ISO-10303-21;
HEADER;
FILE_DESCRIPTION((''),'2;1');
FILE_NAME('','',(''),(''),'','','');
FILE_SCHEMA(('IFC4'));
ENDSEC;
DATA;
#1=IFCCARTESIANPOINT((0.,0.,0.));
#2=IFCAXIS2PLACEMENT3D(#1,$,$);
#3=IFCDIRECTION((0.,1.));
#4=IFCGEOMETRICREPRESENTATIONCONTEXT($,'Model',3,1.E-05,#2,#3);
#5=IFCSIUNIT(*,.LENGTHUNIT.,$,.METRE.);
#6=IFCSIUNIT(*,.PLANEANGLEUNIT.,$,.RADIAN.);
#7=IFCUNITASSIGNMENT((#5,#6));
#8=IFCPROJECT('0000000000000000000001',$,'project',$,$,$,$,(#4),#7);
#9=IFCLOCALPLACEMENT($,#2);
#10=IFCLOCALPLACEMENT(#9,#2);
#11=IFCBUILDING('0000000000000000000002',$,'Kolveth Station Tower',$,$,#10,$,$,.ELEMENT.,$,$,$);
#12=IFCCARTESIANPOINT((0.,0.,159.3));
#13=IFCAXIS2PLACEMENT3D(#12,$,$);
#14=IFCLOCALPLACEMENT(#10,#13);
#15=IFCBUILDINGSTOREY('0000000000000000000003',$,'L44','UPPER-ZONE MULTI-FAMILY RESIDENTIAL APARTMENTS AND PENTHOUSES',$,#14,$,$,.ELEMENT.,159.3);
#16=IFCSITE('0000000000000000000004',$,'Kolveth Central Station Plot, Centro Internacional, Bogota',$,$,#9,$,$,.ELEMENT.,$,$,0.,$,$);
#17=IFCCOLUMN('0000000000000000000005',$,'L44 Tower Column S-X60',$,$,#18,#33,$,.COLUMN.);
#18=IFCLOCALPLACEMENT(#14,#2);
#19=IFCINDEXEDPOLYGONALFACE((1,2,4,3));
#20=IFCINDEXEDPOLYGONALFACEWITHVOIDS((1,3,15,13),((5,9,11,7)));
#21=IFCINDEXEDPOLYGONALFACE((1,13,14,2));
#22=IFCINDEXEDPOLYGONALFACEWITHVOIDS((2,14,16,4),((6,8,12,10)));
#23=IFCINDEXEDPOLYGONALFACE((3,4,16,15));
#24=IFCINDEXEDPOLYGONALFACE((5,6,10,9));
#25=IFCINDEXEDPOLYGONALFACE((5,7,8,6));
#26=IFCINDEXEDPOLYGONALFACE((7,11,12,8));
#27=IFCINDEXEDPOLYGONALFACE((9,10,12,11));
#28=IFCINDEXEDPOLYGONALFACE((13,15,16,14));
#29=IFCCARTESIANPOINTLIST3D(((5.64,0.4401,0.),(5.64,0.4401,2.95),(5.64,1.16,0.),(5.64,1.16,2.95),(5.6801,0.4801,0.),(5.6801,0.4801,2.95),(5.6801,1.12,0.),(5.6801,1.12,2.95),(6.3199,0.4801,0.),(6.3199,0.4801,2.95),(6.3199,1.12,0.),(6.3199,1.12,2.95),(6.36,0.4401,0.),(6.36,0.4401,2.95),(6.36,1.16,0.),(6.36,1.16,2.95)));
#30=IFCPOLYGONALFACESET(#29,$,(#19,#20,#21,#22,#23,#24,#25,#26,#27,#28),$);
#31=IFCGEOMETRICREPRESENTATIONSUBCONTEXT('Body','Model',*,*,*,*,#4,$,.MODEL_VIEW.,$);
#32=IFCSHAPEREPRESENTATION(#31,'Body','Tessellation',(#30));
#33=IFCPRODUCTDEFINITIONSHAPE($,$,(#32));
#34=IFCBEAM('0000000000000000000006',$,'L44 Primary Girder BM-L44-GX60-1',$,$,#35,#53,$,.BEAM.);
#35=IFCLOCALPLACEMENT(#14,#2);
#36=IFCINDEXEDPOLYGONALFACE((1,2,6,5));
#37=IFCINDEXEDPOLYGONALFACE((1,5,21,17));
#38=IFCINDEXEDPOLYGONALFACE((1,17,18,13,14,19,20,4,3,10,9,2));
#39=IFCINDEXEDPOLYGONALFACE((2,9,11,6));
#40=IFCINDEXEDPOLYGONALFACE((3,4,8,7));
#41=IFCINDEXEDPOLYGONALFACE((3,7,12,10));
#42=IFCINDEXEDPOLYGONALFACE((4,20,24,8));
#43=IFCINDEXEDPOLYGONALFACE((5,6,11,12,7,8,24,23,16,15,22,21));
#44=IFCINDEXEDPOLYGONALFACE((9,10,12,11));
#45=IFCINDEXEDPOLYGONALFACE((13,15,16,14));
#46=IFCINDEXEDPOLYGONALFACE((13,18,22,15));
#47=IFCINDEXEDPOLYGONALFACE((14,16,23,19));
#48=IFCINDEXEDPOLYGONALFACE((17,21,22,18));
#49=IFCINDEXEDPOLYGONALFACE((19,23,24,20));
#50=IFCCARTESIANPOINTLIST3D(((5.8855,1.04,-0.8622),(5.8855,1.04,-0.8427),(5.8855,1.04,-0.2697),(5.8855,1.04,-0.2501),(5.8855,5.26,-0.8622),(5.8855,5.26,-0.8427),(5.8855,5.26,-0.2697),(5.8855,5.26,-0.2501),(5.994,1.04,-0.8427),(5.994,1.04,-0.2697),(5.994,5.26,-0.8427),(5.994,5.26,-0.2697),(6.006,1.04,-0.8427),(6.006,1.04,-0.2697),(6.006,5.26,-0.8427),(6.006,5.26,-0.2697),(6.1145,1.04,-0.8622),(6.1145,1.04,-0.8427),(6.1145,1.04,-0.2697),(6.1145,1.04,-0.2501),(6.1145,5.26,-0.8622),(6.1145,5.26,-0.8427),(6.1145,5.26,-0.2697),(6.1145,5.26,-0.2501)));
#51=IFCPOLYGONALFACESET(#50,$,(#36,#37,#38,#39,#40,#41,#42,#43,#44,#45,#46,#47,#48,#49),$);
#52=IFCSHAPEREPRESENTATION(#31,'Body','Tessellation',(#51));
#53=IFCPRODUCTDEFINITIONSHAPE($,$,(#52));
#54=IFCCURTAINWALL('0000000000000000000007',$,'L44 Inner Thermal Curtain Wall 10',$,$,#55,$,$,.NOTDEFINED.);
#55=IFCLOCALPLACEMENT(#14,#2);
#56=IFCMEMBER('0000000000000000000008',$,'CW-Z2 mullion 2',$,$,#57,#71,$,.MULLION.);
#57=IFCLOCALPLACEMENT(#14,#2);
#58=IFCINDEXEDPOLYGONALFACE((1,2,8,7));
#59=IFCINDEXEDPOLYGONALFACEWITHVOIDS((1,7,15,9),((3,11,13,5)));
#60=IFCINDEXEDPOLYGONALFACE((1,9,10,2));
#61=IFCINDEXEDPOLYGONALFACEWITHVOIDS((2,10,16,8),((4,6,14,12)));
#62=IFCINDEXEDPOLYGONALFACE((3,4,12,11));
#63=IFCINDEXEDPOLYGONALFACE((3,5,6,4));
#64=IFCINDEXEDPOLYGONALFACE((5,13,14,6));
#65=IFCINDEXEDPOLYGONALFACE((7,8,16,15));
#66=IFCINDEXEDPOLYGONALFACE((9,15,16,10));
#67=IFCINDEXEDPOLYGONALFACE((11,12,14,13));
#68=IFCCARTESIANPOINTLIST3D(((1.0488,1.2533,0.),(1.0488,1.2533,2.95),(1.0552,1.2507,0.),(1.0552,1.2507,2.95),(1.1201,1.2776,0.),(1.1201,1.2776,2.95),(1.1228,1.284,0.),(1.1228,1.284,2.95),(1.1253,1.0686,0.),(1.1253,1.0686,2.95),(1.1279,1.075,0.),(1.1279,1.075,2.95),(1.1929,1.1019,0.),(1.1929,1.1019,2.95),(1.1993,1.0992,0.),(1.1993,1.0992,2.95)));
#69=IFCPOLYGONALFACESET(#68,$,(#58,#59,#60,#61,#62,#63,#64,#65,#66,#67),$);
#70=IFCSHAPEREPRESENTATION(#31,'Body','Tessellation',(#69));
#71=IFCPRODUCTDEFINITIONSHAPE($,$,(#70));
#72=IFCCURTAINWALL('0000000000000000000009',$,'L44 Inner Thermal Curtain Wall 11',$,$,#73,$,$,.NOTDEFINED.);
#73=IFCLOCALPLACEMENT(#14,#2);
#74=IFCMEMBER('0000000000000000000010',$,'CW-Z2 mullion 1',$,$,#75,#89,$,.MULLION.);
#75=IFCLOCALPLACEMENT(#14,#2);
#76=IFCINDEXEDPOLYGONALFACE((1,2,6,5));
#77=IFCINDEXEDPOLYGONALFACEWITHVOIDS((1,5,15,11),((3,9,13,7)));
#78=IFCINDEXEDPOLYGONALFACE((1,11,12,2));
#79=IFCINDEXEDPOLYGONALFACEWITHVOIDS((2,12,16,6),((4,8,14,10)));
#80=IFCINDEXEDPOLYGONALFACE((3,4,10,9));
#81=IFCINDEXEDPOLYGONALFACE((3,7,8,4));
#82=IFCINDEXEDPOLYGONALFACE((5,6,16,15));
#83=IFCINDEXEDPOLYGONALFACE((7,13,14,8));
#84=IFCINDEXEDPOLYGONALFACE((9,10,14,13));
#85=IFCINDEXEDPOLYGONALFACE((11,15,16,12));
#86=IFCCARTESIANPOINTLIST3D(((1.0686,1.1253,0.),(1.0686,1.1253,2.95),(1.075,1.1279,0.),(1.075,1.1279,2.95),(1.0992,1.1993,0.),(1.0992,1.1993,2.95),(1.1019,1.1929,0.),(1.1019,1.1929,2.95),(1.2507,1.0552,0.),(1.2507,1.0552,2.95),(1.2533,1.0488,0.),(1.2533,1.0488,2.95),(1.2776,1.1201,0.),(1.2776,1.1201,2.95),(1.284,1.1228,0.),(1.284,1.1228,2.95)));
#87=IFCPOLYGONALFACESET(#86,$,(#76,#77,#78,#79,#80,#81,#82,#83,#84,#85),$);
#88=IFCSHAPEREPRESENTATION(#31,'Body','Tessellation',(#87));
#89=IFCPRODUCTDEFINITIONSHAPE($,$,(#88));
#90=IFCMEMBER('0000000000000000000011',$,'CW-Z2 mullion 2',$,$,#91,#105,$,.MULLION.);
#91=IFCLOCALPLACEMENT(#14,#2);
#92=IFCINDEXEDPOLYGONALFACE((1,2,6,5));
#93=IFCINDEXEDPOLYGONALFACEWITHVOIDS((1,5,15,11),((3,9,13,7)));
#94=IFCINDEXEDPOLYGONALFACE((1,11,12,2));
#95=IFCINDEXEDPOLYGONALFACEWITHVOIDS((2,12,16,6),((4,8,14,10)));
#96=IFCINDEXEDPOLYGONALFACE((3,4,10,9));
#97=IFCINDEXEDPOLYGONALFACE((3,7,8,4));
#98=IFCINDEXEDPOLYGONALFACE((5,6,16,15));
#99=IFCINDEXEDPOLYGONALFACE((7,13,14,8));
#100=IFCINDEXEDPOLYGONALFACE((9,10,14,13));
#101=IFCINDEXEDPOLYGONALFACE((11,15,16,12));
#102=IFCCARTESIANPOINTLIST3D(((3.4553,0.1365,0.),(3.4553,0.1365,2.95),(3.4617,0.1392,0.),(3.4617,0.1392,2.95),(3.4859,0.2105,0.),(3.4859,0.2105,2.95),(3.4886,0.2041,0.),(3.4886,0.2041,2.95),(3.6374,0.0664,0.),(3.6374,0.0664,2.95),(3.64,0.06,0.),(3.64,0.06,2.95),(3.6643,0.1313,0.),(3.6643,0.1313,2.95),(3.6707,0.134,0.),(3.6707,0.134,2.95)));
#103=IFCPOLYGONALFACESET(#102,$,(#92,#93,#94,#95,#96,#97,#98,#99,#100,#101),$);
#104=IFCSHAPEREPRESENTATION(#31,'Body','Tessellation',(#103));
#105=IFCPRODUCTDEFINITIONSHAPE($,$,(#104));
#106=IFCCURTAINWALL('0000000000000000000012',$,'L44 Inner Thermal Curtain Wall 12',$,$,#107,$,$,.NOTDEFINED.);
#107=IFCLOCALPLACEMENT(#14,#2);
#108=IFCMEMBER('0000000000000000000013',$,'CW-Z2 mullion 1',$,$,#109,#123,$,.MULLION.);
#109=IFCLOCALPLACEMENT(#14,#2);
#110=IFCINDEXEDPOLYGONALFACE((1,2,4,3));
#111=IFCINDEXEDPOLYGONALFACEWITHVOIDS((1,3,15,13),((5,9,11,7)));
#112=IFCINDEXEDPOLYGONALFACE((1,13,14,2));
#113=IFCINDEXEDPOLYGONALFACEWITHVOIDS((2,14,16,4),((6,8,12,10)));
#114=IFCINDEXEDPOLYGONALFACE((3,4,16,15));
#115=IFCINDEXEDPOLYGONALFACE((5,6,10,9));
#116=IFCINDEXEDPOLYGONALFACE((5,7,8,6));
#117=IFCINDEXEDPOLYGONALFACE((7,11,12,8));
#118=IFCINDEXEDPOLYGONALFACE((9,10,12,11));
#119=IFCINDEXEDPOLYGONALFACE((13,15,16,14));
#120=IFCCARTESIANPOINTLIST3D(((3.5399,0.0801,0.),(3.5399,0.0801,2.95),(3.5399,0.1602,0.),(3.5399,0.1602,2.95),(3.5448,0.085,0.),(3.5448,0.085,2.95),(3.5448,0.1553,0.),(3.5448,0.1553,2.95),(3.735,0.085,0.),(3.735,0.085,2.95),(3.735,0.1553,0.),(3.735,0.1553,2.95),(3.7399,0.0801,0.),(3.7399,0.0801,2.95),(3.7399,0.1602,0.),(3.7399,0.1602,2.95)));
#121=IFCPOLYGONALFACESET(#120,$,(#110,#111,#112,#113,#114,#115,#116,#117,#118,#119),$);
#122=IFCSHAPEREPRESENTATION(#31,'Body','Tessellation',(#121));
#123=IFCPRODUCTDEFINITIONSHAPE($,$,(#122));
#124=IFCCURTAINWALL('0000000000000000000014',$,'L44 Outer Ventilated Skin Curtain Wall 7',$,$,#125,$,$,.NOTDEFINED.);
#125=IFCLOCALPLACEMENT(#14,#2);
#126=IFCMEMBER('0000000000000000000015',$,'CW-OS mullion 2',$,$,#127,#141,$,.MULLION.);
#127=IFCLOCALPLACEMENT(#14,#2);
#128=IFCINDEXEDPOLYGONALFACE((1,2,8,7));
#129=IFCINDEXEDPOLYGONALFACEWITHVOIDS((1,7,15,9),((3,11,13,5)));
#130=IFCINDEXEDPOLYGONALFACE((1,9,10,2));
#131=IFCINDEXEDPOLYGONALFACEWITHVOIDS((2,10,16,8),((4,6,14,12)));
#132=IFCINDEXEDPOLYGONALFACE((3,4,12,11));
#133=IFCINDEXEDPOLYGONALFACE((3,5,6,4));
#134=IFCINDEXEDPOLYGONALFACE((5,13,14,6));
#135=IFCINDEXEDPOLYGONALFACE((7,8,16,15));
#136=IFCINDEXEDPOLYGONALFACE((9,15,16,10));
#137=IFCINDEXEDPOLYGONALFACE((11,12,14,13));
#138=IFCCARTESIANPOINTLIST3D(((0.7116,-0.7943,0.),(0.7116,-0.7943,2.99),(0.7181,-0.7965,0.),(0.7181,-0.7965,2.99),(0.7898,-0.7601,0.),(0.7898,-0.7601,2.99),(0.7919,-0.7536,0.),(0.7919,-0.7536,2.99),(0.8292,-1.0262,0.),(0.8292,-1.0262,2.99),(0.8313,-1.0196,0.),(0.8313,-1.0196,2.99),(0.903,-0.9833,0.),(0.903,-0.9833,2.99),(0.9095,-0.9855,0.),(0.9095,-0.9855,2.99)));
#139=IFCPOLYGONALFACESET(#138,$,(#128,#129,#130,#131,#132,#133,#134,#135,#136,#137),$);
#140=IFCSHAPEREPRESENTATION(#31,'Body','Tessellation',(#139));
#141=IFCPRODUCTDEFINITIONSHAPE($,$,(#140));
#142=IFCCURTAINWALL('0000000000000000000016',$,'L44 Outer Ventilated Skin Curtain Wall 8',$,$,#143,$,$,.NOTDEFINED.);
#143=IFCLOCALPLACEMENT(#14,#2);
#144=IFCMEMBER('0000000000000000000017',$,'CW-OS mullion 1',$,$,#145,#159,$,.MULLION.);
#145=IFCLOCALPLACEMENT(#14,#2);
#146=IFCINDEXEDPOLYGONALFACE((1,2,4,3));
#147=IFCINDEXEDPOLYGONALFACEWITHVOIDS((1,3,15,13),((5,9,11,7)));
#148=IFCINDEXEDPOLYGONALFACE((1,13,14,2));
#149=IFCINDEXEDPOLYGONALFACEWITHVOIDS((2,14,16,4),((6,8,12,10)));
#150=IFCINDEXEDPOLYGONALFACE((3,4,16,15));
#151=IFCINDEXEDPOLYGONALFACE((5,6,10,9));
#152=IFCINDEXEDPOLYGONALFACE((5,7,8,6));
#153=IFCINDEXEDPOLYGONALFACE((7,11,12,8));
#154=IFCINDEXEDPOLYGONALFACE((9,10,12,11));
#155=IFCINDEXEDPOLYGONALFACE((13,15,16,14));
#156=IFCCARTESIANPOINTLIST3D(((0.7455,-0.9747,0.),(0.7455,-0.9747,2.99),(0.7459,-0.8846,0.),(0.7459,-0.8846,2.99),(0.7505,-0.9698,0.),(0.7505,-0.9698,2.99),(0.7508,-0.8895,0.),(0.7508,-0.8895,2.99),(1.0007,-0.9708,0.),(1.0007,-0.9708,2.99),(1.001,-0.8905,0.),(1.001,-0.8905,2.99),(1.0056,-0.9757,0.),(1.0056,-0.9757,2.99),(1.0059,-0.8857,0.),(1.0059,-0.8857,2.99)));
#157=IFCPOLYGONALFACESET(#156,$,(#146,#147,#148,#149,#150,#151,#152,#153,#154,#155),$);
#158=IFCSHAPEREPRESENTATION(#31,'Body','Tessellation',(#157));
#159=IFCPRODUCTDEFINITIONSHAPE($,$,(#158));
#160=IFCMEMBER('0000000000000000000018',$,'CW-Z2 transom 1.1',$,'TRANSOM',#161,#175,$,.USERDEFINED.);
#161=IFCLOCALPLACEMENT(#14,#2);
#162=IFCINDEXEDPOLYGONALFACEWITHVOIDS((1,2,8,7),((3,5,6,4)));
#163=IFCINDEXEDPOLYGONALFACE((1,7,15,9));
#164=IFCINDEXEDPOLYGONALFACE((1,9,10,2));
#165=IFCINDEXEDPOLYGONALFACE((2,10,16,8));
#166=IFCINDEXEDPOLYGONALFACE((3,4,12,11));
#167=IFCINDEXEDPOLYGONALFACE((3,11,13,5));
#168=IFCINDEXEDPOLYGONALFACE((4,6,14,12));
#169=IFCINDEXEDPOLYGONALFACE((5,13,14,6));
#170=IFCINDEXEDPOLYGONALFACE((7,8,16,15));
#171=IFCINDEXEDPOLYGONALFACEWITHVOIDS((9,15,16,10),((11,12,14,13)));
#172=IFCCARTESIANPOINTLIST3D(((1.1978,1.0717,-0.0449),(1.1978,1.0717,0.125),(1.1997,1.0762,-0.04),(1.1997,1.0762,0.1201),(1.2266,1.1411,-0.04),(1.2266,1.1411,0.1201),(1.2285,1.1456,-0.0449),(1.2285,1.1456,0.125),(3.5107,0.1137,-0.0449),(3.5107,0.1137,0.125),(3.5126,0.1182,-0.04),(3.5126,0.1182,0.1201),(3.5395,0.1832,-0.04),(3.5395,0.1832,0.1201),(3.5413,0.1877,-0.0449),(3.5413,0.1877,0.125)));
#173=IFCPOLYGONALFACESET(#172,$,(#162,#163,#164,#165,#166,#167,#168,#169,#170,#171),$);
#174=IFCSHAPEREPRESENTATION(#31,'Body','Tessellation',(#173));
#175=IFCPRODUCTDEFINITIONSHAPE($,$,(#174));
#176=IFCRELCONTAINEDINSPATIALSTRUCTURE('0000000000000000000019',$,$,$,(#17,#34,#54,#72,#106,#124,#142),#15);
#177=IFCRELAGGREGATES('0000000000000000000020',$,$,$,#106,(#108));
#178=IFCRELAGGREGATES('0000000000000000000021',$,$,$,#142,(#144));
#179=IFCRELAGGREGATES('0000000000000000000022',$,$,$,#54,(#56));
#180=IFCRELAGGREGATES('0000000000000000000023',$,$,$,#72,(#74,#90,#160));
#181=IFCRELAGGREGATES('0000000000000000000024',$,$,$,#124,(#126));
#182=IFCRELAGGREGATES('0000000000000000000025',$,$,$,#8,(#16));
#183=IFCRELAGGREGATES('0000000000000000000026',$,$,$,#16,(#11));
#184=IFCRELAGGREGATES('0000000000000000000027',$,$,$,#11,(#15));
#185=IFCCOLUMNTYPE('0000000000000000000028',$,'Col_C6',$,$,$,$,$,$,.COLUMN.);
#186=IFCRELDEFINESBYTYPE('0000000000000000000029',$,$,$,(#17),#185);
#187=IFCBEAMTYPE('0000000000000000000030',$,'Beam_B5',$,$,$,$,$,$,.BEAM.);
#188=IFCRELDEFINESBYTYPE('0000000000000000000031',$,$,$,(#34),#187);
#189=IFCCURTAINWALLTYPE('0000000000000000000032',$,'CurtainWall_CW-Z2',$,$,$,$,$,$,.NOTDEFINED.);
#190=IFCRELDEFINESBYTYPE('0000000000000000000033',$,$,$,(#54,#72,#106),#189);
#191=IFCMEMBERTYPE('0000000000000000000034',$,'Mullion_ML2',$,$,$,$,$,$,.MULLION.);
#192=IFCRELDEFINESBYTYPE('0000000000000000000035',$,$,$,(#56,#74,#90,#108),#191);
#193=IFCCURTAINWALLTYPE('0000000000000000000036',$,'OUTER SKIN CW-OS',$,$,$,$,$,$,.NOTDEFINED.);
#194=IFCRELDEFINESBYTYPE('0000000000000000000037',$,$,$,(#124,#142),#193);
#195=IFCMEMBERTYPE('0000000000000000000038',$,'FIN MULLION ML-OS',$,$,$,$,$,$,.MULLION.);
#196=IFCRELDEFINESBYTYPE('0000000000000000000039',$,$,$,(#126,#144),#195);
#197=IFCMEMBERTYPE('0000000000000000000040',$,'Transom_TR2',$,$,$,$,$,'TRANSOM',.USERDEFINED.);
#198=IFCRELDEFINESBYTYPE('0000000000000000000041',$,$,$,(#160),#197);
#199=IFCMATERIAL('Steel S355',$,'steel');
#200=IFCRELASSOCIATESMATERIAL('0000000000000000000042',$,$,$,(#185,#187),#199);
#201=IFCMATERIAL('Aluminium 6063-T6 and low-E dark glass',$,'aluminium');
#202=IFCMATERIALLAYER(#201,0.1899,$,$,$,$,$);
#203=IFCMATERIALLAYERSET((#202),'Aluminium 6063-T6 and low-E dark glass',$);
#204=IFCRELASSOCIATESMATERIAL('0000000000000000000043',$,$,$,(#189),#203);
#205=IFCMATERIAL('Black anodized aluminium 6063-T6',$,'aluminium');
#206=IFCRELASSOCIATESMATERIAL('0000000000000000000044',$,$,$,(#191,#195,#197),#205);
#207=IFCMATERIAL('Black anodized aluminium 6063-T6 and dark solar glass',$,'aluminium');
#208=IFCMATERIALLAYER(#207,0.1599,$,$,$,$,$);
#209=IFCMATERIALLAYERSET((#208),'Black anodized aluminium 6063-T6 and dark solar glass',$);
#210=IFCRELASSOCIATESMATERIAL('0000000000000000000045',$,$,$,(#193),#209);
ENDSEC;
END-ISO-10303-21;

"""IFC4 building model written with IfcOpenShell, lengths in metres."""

from ifc_helpers import new_model, si_unit, direction, frame, origin, origin_2d, place, context, subcontext, project, spatial, hollow_rectangle, i_section, extrude, source, transform, mapped, material, layer, layer_set, material_profile, profile_set, type_object, element, aggregate, save


model = new_model("IFC4")

# Units and contexts
model_context = context("Model", 3, precision=1e-05, world=origin(), true_north=direction((0.0, 1.0)))
body_context = subcontext(model_context, "Body", "Model", "MODEL_VIEW")
ifc_project = project(units=[si_unit("LENGTHUNIT", "METRE"), si_unit("PLANEANGLEUNIT", "RADIAN")], contexts=[model_context])

# Site, building, storey
site_placement = place(None, origin())
site = spatial("IfcSite", under=ifc_project, at=site_placement, Name="Kolveth Central Station Plot, Centro Internacional, Bogota", CompositionType="ELEMENT", RefElevation=0.0)
building_placement = place(site_placement, origin())
building = spatial("IfcBuilding", under=site, at=building_placement, Name="Kolveth Station Tower", CompositionType="ELEMENT")
storey_placement = place(building_placement, frame((0.0, 0.0, 159.3)))
storey = spatial("IfcBuildingStorey", under=building, at=storey_placement, Name="L44", Description="UPPER-ZONE MULTI-FAMILY RESIDENTIAL APARTMENTS AND PENTHOUSES", CompositionType="ELEMENT", Elevation=159.3)

# Column
ifc_material_1 = material(Name="Steel S355", Category="steel")
ifc_material_profile_1 = material_profile(ifc_material_1, hollow_rectangle(XDim=0.72, YDim=0.72, WallThickness=0.04, at=origin_2d()), Name="BOX720x720x40")
ifc_profile_set_1 = profile_set([ifc_material_profile_1], Name="Steel S355")
column_type = type_object("IfcColumnType", Name="Col_C6", PredefinedType="COLUMN", material=ifc_profile_set_1)
shared_shape_1 = source(origin(), body_context, "Body", "SweptSolid", [
    extrude(hollow_rectangle(XDim=0.72, YDim=0.72, WallThickness=0.04, at=origin_2d()), origin(), (0.0, 0.0, 1.0), 2.95),
])
column_placement = place(storey_placement, frame((6.0, 0.8, 0.0), z_axis=(0.0, 0.0, 1.0), x_axis=(1.0, 0.0, 0.0)))
element("IfcColumn", 1, at=column_placement, inside=storey, type_object=column_type, Name="L44 Tower Column S-X60", PredefinedType="COLUMN", context=body_context, shape_type="MappedRepresentation", body=[
    mapped(shared_shape_1, transform((0.0, 0.0, 0.0), x_axis=(1.0, 0.0, 0.0), y_axis=(0.0, 1.0, 0.0), z_axis=(0.0, 0.0, 1.0), scale=1.0)),
])

# Beam
ifc_material_profile_2 = material_profile(ifc_material_1, i_section(OverallWidth=0.229, OverallDepth=0.6121, WebThickness=0.012, FlangeThickness=0.0195, at=origin_2d()), Name="W610x125")
ifc_profile_set_2 = profile_set([ifc_material_profile_2], Name="Steel S355")
beam_type = type_object("IfcBeamType", Name="Beam_B5", PredefinedType="BEAM", material=ifc_profile_set_2)
shared_shape_2 = source(origin(), body_context, "Body", "SweptSolid", [
    extrude(i_section(OverallWidth=0.229, OverallDepth=0.6121, WebThickness=0.012, FlangeThickness=0.0195, at=origin_2d()), origin(), (0.0, 0.0, 1.0), 4.22),
])
beam_placement = place(storey_placement, frame((6.0, 1.04, -0.5562), z_axis=(0.0, 1.0, 0.0), x_axis=(-1.0, 0.0, 0.0)))
element("IfcBeam", 2, at=beam_placement, inside=storey, type_object=beam_type, Name="L44 Primary Girder BM-L44-GX60-1", PredefinedType="BEAM", context=body_context, shape_type="MappedRepresentation", body=[
    mapped(shared_shape_2, transform((0.0, 0.0, 0.0), x_axis=(1.0, 0.0, 0.0), y_axis=(0.0, 1.0, 0.0), z_axis=(0.0, 0.0, 1.0), scale=1.0)),
])

# Curtain wall, member
ifc_material_2 = material(Name="Aluminium 6063-T6 and low-E dark glass", Category="aluminium")
ifc_layer_1 = layer(ifc_material_2, 0.1899)
ifc_layer_set_1 = layer_set([ifc_layer_1], Name="Aluminium 6063-T6 and low-E dark glass")
curtain_wall_type_1 = type_object("IfcCurtainWallType", Name="CurtainWall_CW-Z2", PredefinedType="NOTDEFINED", material=ifc_layer_set_1)
curtain_wall_1_placement = place(storey_placement, origin())
curtain_wall_1 = element("IfcCurtainWall", 3, at=curtain_wall_1_placement, inside=storey, type_object=curtain_wall_type_1, Name="L44 Inner Thermal Curtain Wall 10", PredefinedType="NOTDEFINED")
ifc_material_3 = material(Name="Black anodized aluminium 6063-T6", Category="aluminium")
ifc_material_profile_3 = material_profile(ifc_material_3, hollow_rectangle(XDim=0.0801, YDim=0.2, WallThickness=0.0049, at=origin_2d()), Name="ALU-80x200x5")
ifc_profile_set_3 = profile_set([ifc_material_profile_3], Name="Black anodized aluminium 6063-T6")
member_type_1 = type_object("IfcMemberType", Name="Mullion_ML2", PredefinedType="MULLION", material=ifc_profile_set_3)
shared_shape_3 = source(origin(), body_context, "Body", "SweptSolid", [
    extrude(hollow_rectangle(XDim=0.0801, YDim=0.2, WallThickness=0.0049, at=origin_2d()), origin(), (0.0, 0.0, 1.0), 2.95),
])
member_1_placement = place(storey_placement, frame((1.124, 1.1763, 0.0), z_axis=(0.0, 0.0, 1.0), x_axis=(0.923874, 0.382698, 0.0)))
member_1 = element("IfcMember", 4, at=member_1_placement, type_object=member_type_1, Name="CW-Z2 mullion 2", PredefinedType="MULLION", context=body_context, shape_type="MappedRepresentation", body=[
    mapped(shared_shape_3, transform((0.0, 0.0, 0.0), x_axis=(1.0, 0.0, 0.0), y_axis=(0.0, 1.0, 0.0), z_axis=(0.0, 0.0, 1.0), scale=1.0)),
])

# Curtain wall, members
curtain_wall_2_placement = place(storey_placement, origin())
curtain_wall_2 = element("IfcCurtainWall", 5, at=curtain_wall_2_placement, inside=storey, type_object=curtain_wall_type_1, Name="L44 Inner Thermal Curtain Wall 11", PredefinedType="NOTDEFINED")
member_2_placement = place(storey_placement, frame((1.1763, 1.124, 0.0), z_axis=(0.0, 0.0, 1.0), x_axis=(0.382698, 0.923874, 0.0)))
member_2 = element("IfcMember", 6, at=member_2_placement, type_object=member_type_1, Name="CW-Z2 mullion 1", PredefinedType="MULLION", context=body_context, shape_type="MappedRepresentation", body=[
    mapped(shared_shape_3, transform((0.0, 0.0, 0.0), x_axis=(1.0, 0.0, 0.0), y_axis=(0.0, 1.0, 0.0), z_axis=(0.0, 0.0, 1.0), scale=1.0)),
])
member_3_placement = place(storey_placement, frame((3.563, 0.1353, 0.0), z_axis=(0.0, 0.0, 1.0), x_axis=(0.382698, 0.923874, 0.0)))
member_3 = element("IfcMember", 7, at=member_3_placement, type_object=member_type_1, Name="CW-Z2 mullion 2", PredefinedType="MULLION", context=body_context, shape_type="MappedRepresentation", body=[
    mapped(shared_shape_3, transform((0.0, 0.0, 0.0), x_axis=(1.0, 0.0, 0.0), y_axis=(0.0, 1.0, 0.0), z_axis=(0.0, 0.0, 1.0), scale=1.0)),
])

# Curtain walls, members
curtain_wall_3_placement = place(storey_placement, origin())
curtain_wall_3 = element("IfcCurtainWall", 8, at=curtain_wall_3_placement, inside=storey, type_object=curtain_wall_type_1, Name="L44 Inner Thermal Curtain Wall 12", PredefinedType="NOTDEFINED")
member_4_placement = place(storey_placement, frame((3.6399, 0.1201, 0.0), z_axis=(0.0, 0.0, 1.0), x_axis=(0.0, 1.0, 0.0)))
member_4 = element("IfcMember", 9, at=member_4_placement, type_object=member_type_1, Name="CW-Z2 mullion 1", PredefinedType="MULLION", context=body_context, shape_type="MappedRepresentation", body=[
    mapped(shared_shape_3, transform((0.0, 0.0, 0.0), x_axis=(1.0, 0.0, 0.0), y_axis=(0.0, 1.0, 0.0), z_axis=(0.0, 0.0, 1.0), scale=1.0)),
])
ifc_material_4 = material(Name="Black anodized aluminium 6063-T6 and dark solar glass", Category="aluminium")
ifc_layer_2 = layer(ifc_material_4, 0.1599)
ifc_layer_set_2 = layer_set([ifc_layer_2], Name="Black anodized aluminium 6063-T6 and dark solar glass")
curtain_wall_type_2 = type_object("IfcCurtainWallType", Name="OUTER SKIN CW-OS", PredefinedType="NOTDEFINED", material=ifc_layer_set_2)
curtain_wall_4_placement = place(storey_placement, origin())
curtain_wall_4 = element("IfcCurtainWall", 10, at=curtain_wall_4_placement, inside=storey, type_object=curtain_wall_type_2, Name="L44 Outer Ventilated Skin Curtain Wall 7", PredefinedType="NOTDEFINED")
ifc_material_profile_4 = material_profile(ifc_material_3, hollow_rectangle(XDim=0.0901, YDim=0.26, WallThickness=0.0049, at=origin_2d()), Name="ALU-90x260x5")
ifc_profile_set_4 = profile_set([ifc_material_profile_4], Name="Black anodized aluminium 6063-T6")
member_type_2 = type_object("IfcMemberType", Name="FIN MULLION ML-OS", PredefinedType="MULLION", material=ifc_profile_set_4)
shared_shape_4 = source(origin(), body_context, "Body", "SweptSolid", [
    extrude(hollow_rectangle(XDim=0.0901, YDim=0.26, WallThickness=0.0049, at=origin_2d()), origin(), (0.0, 0.0, 1.0), 2.99),
])
member_5_placement = place(storey_placement, frame((0.8105, -0.8899, 0.0), z_axis=(0.0, 0.0, 1.0), x_axis=(0.891813, 0.452404, 0.0)))
member_5 = element("IfcMember", 11, at=member_5_placement, type_object=member_type_2, Name="CW-OS mullion 2", PredefinedType="MULLION", context=body_context, shape_type="MappedRepresentation", body=[
    mapped(shared_shape_4, transform((0.0, 0.0, 0.0), x_axis=(1.0, 0.0, 0.0), y_axis=(0.0, 1.0, 0.0), z_axis=(0.0, 0.0, 1.0), scale=1.0)),
])
curtain_wall_5_placement = place(storey_placement, origin())
curtain_wall_5 = element("IfcCurtainWall", 12, at=curtain_wall_5_placement, inside=storey, type_object=curtain_wall_type_2, Name="L44 Outer Ventilated Skin Curtain Wall 8", PredefinedType="NOTDEFINED")
member_6_placement = place(storey_placement, frame((0.8757, -0.9302, 0.0), z_axis=(0.0, 0.0, 1.0), x_axis=(0.004005, 0.999992, 0.0)))
member_6 = element("IfcMember", 13, at=member_6_placement, type_object=member_type_2, Name="CW-OS mullion 1", PredefinedType="MULLION", context=body_context, shape_type="MappedRepresentation", body=[
    mapped(shared_shape_4, transform((0.0, 0.0, 0.0), x_axis=(1.0, 0.0, 0.0), y_axis=(0.0, 1.0, 0.0), z_axis=(0.0, 0.0, 1.0), scale=1.0)),
])

# Member
ifc_material_profile_5 = material_profile(ifc_material_3, hollow_rectangle(XDim=0.0801, YDim=0.1699, WallThickness=0.0049, at=origin_2d()), Name="ALU-80x170x5")
ifc_profile_set_5 = profile_set([ifc_material_profile_5], Name="Black anodized aluminium 6063-T6")
member_type_3 = type_object("IfcMemberType", Name="Transom_TR2", ElementType="TRANSOM", PredefinedType="USERDEFINED", material=ifc_profile_set_5)
shared_shape_5 = source(origin(), body_context, "Body", "SweptSolid", [
    extrude(hollow_rectangle(XDim=0.0801, YDim=0.1699, WallThickness=0.0049, at=origin_2d()), origin(), (0.0, 0.0, 1.0), 2.5034),
])
member_7_placement = place(storey_placement, frame((1.2131, 1.1086, 0.04), z_axis=(0.923888, -0.382662, 0.0), x_axis=(0.382662, 0.923888, 0.0)))
member_7 = element("IfcMember", 14, at=member_7_placement, type_object=member_type_3, Name="CW-Z2 transom 1.1", ObjectType="TRANSOM", PredefinedType="USERDEFINED", context=body_context, shape_type="MappedRepresentation", body=[
    mapped(shared_shape_5, transform((0.0, 0.0, 0.0), x_axis=(1.0, 0.0, 0.0), y_axis=(0.0, 1.0, 0.0), z_axis=(0.0, 0.0, 1.0), scale=1.0)),
])
aggregate(curtain_wall_3, [member_4])
aggregate(curtain_wall_5, [member_6])

aggregate(curtain_wall_1, [member_1])
aggregate(curtain_wall_2, [member_2, member_3, member_7])
aggregate(curtain_wall_4, [member_5])

save(model, "model.ifc")
